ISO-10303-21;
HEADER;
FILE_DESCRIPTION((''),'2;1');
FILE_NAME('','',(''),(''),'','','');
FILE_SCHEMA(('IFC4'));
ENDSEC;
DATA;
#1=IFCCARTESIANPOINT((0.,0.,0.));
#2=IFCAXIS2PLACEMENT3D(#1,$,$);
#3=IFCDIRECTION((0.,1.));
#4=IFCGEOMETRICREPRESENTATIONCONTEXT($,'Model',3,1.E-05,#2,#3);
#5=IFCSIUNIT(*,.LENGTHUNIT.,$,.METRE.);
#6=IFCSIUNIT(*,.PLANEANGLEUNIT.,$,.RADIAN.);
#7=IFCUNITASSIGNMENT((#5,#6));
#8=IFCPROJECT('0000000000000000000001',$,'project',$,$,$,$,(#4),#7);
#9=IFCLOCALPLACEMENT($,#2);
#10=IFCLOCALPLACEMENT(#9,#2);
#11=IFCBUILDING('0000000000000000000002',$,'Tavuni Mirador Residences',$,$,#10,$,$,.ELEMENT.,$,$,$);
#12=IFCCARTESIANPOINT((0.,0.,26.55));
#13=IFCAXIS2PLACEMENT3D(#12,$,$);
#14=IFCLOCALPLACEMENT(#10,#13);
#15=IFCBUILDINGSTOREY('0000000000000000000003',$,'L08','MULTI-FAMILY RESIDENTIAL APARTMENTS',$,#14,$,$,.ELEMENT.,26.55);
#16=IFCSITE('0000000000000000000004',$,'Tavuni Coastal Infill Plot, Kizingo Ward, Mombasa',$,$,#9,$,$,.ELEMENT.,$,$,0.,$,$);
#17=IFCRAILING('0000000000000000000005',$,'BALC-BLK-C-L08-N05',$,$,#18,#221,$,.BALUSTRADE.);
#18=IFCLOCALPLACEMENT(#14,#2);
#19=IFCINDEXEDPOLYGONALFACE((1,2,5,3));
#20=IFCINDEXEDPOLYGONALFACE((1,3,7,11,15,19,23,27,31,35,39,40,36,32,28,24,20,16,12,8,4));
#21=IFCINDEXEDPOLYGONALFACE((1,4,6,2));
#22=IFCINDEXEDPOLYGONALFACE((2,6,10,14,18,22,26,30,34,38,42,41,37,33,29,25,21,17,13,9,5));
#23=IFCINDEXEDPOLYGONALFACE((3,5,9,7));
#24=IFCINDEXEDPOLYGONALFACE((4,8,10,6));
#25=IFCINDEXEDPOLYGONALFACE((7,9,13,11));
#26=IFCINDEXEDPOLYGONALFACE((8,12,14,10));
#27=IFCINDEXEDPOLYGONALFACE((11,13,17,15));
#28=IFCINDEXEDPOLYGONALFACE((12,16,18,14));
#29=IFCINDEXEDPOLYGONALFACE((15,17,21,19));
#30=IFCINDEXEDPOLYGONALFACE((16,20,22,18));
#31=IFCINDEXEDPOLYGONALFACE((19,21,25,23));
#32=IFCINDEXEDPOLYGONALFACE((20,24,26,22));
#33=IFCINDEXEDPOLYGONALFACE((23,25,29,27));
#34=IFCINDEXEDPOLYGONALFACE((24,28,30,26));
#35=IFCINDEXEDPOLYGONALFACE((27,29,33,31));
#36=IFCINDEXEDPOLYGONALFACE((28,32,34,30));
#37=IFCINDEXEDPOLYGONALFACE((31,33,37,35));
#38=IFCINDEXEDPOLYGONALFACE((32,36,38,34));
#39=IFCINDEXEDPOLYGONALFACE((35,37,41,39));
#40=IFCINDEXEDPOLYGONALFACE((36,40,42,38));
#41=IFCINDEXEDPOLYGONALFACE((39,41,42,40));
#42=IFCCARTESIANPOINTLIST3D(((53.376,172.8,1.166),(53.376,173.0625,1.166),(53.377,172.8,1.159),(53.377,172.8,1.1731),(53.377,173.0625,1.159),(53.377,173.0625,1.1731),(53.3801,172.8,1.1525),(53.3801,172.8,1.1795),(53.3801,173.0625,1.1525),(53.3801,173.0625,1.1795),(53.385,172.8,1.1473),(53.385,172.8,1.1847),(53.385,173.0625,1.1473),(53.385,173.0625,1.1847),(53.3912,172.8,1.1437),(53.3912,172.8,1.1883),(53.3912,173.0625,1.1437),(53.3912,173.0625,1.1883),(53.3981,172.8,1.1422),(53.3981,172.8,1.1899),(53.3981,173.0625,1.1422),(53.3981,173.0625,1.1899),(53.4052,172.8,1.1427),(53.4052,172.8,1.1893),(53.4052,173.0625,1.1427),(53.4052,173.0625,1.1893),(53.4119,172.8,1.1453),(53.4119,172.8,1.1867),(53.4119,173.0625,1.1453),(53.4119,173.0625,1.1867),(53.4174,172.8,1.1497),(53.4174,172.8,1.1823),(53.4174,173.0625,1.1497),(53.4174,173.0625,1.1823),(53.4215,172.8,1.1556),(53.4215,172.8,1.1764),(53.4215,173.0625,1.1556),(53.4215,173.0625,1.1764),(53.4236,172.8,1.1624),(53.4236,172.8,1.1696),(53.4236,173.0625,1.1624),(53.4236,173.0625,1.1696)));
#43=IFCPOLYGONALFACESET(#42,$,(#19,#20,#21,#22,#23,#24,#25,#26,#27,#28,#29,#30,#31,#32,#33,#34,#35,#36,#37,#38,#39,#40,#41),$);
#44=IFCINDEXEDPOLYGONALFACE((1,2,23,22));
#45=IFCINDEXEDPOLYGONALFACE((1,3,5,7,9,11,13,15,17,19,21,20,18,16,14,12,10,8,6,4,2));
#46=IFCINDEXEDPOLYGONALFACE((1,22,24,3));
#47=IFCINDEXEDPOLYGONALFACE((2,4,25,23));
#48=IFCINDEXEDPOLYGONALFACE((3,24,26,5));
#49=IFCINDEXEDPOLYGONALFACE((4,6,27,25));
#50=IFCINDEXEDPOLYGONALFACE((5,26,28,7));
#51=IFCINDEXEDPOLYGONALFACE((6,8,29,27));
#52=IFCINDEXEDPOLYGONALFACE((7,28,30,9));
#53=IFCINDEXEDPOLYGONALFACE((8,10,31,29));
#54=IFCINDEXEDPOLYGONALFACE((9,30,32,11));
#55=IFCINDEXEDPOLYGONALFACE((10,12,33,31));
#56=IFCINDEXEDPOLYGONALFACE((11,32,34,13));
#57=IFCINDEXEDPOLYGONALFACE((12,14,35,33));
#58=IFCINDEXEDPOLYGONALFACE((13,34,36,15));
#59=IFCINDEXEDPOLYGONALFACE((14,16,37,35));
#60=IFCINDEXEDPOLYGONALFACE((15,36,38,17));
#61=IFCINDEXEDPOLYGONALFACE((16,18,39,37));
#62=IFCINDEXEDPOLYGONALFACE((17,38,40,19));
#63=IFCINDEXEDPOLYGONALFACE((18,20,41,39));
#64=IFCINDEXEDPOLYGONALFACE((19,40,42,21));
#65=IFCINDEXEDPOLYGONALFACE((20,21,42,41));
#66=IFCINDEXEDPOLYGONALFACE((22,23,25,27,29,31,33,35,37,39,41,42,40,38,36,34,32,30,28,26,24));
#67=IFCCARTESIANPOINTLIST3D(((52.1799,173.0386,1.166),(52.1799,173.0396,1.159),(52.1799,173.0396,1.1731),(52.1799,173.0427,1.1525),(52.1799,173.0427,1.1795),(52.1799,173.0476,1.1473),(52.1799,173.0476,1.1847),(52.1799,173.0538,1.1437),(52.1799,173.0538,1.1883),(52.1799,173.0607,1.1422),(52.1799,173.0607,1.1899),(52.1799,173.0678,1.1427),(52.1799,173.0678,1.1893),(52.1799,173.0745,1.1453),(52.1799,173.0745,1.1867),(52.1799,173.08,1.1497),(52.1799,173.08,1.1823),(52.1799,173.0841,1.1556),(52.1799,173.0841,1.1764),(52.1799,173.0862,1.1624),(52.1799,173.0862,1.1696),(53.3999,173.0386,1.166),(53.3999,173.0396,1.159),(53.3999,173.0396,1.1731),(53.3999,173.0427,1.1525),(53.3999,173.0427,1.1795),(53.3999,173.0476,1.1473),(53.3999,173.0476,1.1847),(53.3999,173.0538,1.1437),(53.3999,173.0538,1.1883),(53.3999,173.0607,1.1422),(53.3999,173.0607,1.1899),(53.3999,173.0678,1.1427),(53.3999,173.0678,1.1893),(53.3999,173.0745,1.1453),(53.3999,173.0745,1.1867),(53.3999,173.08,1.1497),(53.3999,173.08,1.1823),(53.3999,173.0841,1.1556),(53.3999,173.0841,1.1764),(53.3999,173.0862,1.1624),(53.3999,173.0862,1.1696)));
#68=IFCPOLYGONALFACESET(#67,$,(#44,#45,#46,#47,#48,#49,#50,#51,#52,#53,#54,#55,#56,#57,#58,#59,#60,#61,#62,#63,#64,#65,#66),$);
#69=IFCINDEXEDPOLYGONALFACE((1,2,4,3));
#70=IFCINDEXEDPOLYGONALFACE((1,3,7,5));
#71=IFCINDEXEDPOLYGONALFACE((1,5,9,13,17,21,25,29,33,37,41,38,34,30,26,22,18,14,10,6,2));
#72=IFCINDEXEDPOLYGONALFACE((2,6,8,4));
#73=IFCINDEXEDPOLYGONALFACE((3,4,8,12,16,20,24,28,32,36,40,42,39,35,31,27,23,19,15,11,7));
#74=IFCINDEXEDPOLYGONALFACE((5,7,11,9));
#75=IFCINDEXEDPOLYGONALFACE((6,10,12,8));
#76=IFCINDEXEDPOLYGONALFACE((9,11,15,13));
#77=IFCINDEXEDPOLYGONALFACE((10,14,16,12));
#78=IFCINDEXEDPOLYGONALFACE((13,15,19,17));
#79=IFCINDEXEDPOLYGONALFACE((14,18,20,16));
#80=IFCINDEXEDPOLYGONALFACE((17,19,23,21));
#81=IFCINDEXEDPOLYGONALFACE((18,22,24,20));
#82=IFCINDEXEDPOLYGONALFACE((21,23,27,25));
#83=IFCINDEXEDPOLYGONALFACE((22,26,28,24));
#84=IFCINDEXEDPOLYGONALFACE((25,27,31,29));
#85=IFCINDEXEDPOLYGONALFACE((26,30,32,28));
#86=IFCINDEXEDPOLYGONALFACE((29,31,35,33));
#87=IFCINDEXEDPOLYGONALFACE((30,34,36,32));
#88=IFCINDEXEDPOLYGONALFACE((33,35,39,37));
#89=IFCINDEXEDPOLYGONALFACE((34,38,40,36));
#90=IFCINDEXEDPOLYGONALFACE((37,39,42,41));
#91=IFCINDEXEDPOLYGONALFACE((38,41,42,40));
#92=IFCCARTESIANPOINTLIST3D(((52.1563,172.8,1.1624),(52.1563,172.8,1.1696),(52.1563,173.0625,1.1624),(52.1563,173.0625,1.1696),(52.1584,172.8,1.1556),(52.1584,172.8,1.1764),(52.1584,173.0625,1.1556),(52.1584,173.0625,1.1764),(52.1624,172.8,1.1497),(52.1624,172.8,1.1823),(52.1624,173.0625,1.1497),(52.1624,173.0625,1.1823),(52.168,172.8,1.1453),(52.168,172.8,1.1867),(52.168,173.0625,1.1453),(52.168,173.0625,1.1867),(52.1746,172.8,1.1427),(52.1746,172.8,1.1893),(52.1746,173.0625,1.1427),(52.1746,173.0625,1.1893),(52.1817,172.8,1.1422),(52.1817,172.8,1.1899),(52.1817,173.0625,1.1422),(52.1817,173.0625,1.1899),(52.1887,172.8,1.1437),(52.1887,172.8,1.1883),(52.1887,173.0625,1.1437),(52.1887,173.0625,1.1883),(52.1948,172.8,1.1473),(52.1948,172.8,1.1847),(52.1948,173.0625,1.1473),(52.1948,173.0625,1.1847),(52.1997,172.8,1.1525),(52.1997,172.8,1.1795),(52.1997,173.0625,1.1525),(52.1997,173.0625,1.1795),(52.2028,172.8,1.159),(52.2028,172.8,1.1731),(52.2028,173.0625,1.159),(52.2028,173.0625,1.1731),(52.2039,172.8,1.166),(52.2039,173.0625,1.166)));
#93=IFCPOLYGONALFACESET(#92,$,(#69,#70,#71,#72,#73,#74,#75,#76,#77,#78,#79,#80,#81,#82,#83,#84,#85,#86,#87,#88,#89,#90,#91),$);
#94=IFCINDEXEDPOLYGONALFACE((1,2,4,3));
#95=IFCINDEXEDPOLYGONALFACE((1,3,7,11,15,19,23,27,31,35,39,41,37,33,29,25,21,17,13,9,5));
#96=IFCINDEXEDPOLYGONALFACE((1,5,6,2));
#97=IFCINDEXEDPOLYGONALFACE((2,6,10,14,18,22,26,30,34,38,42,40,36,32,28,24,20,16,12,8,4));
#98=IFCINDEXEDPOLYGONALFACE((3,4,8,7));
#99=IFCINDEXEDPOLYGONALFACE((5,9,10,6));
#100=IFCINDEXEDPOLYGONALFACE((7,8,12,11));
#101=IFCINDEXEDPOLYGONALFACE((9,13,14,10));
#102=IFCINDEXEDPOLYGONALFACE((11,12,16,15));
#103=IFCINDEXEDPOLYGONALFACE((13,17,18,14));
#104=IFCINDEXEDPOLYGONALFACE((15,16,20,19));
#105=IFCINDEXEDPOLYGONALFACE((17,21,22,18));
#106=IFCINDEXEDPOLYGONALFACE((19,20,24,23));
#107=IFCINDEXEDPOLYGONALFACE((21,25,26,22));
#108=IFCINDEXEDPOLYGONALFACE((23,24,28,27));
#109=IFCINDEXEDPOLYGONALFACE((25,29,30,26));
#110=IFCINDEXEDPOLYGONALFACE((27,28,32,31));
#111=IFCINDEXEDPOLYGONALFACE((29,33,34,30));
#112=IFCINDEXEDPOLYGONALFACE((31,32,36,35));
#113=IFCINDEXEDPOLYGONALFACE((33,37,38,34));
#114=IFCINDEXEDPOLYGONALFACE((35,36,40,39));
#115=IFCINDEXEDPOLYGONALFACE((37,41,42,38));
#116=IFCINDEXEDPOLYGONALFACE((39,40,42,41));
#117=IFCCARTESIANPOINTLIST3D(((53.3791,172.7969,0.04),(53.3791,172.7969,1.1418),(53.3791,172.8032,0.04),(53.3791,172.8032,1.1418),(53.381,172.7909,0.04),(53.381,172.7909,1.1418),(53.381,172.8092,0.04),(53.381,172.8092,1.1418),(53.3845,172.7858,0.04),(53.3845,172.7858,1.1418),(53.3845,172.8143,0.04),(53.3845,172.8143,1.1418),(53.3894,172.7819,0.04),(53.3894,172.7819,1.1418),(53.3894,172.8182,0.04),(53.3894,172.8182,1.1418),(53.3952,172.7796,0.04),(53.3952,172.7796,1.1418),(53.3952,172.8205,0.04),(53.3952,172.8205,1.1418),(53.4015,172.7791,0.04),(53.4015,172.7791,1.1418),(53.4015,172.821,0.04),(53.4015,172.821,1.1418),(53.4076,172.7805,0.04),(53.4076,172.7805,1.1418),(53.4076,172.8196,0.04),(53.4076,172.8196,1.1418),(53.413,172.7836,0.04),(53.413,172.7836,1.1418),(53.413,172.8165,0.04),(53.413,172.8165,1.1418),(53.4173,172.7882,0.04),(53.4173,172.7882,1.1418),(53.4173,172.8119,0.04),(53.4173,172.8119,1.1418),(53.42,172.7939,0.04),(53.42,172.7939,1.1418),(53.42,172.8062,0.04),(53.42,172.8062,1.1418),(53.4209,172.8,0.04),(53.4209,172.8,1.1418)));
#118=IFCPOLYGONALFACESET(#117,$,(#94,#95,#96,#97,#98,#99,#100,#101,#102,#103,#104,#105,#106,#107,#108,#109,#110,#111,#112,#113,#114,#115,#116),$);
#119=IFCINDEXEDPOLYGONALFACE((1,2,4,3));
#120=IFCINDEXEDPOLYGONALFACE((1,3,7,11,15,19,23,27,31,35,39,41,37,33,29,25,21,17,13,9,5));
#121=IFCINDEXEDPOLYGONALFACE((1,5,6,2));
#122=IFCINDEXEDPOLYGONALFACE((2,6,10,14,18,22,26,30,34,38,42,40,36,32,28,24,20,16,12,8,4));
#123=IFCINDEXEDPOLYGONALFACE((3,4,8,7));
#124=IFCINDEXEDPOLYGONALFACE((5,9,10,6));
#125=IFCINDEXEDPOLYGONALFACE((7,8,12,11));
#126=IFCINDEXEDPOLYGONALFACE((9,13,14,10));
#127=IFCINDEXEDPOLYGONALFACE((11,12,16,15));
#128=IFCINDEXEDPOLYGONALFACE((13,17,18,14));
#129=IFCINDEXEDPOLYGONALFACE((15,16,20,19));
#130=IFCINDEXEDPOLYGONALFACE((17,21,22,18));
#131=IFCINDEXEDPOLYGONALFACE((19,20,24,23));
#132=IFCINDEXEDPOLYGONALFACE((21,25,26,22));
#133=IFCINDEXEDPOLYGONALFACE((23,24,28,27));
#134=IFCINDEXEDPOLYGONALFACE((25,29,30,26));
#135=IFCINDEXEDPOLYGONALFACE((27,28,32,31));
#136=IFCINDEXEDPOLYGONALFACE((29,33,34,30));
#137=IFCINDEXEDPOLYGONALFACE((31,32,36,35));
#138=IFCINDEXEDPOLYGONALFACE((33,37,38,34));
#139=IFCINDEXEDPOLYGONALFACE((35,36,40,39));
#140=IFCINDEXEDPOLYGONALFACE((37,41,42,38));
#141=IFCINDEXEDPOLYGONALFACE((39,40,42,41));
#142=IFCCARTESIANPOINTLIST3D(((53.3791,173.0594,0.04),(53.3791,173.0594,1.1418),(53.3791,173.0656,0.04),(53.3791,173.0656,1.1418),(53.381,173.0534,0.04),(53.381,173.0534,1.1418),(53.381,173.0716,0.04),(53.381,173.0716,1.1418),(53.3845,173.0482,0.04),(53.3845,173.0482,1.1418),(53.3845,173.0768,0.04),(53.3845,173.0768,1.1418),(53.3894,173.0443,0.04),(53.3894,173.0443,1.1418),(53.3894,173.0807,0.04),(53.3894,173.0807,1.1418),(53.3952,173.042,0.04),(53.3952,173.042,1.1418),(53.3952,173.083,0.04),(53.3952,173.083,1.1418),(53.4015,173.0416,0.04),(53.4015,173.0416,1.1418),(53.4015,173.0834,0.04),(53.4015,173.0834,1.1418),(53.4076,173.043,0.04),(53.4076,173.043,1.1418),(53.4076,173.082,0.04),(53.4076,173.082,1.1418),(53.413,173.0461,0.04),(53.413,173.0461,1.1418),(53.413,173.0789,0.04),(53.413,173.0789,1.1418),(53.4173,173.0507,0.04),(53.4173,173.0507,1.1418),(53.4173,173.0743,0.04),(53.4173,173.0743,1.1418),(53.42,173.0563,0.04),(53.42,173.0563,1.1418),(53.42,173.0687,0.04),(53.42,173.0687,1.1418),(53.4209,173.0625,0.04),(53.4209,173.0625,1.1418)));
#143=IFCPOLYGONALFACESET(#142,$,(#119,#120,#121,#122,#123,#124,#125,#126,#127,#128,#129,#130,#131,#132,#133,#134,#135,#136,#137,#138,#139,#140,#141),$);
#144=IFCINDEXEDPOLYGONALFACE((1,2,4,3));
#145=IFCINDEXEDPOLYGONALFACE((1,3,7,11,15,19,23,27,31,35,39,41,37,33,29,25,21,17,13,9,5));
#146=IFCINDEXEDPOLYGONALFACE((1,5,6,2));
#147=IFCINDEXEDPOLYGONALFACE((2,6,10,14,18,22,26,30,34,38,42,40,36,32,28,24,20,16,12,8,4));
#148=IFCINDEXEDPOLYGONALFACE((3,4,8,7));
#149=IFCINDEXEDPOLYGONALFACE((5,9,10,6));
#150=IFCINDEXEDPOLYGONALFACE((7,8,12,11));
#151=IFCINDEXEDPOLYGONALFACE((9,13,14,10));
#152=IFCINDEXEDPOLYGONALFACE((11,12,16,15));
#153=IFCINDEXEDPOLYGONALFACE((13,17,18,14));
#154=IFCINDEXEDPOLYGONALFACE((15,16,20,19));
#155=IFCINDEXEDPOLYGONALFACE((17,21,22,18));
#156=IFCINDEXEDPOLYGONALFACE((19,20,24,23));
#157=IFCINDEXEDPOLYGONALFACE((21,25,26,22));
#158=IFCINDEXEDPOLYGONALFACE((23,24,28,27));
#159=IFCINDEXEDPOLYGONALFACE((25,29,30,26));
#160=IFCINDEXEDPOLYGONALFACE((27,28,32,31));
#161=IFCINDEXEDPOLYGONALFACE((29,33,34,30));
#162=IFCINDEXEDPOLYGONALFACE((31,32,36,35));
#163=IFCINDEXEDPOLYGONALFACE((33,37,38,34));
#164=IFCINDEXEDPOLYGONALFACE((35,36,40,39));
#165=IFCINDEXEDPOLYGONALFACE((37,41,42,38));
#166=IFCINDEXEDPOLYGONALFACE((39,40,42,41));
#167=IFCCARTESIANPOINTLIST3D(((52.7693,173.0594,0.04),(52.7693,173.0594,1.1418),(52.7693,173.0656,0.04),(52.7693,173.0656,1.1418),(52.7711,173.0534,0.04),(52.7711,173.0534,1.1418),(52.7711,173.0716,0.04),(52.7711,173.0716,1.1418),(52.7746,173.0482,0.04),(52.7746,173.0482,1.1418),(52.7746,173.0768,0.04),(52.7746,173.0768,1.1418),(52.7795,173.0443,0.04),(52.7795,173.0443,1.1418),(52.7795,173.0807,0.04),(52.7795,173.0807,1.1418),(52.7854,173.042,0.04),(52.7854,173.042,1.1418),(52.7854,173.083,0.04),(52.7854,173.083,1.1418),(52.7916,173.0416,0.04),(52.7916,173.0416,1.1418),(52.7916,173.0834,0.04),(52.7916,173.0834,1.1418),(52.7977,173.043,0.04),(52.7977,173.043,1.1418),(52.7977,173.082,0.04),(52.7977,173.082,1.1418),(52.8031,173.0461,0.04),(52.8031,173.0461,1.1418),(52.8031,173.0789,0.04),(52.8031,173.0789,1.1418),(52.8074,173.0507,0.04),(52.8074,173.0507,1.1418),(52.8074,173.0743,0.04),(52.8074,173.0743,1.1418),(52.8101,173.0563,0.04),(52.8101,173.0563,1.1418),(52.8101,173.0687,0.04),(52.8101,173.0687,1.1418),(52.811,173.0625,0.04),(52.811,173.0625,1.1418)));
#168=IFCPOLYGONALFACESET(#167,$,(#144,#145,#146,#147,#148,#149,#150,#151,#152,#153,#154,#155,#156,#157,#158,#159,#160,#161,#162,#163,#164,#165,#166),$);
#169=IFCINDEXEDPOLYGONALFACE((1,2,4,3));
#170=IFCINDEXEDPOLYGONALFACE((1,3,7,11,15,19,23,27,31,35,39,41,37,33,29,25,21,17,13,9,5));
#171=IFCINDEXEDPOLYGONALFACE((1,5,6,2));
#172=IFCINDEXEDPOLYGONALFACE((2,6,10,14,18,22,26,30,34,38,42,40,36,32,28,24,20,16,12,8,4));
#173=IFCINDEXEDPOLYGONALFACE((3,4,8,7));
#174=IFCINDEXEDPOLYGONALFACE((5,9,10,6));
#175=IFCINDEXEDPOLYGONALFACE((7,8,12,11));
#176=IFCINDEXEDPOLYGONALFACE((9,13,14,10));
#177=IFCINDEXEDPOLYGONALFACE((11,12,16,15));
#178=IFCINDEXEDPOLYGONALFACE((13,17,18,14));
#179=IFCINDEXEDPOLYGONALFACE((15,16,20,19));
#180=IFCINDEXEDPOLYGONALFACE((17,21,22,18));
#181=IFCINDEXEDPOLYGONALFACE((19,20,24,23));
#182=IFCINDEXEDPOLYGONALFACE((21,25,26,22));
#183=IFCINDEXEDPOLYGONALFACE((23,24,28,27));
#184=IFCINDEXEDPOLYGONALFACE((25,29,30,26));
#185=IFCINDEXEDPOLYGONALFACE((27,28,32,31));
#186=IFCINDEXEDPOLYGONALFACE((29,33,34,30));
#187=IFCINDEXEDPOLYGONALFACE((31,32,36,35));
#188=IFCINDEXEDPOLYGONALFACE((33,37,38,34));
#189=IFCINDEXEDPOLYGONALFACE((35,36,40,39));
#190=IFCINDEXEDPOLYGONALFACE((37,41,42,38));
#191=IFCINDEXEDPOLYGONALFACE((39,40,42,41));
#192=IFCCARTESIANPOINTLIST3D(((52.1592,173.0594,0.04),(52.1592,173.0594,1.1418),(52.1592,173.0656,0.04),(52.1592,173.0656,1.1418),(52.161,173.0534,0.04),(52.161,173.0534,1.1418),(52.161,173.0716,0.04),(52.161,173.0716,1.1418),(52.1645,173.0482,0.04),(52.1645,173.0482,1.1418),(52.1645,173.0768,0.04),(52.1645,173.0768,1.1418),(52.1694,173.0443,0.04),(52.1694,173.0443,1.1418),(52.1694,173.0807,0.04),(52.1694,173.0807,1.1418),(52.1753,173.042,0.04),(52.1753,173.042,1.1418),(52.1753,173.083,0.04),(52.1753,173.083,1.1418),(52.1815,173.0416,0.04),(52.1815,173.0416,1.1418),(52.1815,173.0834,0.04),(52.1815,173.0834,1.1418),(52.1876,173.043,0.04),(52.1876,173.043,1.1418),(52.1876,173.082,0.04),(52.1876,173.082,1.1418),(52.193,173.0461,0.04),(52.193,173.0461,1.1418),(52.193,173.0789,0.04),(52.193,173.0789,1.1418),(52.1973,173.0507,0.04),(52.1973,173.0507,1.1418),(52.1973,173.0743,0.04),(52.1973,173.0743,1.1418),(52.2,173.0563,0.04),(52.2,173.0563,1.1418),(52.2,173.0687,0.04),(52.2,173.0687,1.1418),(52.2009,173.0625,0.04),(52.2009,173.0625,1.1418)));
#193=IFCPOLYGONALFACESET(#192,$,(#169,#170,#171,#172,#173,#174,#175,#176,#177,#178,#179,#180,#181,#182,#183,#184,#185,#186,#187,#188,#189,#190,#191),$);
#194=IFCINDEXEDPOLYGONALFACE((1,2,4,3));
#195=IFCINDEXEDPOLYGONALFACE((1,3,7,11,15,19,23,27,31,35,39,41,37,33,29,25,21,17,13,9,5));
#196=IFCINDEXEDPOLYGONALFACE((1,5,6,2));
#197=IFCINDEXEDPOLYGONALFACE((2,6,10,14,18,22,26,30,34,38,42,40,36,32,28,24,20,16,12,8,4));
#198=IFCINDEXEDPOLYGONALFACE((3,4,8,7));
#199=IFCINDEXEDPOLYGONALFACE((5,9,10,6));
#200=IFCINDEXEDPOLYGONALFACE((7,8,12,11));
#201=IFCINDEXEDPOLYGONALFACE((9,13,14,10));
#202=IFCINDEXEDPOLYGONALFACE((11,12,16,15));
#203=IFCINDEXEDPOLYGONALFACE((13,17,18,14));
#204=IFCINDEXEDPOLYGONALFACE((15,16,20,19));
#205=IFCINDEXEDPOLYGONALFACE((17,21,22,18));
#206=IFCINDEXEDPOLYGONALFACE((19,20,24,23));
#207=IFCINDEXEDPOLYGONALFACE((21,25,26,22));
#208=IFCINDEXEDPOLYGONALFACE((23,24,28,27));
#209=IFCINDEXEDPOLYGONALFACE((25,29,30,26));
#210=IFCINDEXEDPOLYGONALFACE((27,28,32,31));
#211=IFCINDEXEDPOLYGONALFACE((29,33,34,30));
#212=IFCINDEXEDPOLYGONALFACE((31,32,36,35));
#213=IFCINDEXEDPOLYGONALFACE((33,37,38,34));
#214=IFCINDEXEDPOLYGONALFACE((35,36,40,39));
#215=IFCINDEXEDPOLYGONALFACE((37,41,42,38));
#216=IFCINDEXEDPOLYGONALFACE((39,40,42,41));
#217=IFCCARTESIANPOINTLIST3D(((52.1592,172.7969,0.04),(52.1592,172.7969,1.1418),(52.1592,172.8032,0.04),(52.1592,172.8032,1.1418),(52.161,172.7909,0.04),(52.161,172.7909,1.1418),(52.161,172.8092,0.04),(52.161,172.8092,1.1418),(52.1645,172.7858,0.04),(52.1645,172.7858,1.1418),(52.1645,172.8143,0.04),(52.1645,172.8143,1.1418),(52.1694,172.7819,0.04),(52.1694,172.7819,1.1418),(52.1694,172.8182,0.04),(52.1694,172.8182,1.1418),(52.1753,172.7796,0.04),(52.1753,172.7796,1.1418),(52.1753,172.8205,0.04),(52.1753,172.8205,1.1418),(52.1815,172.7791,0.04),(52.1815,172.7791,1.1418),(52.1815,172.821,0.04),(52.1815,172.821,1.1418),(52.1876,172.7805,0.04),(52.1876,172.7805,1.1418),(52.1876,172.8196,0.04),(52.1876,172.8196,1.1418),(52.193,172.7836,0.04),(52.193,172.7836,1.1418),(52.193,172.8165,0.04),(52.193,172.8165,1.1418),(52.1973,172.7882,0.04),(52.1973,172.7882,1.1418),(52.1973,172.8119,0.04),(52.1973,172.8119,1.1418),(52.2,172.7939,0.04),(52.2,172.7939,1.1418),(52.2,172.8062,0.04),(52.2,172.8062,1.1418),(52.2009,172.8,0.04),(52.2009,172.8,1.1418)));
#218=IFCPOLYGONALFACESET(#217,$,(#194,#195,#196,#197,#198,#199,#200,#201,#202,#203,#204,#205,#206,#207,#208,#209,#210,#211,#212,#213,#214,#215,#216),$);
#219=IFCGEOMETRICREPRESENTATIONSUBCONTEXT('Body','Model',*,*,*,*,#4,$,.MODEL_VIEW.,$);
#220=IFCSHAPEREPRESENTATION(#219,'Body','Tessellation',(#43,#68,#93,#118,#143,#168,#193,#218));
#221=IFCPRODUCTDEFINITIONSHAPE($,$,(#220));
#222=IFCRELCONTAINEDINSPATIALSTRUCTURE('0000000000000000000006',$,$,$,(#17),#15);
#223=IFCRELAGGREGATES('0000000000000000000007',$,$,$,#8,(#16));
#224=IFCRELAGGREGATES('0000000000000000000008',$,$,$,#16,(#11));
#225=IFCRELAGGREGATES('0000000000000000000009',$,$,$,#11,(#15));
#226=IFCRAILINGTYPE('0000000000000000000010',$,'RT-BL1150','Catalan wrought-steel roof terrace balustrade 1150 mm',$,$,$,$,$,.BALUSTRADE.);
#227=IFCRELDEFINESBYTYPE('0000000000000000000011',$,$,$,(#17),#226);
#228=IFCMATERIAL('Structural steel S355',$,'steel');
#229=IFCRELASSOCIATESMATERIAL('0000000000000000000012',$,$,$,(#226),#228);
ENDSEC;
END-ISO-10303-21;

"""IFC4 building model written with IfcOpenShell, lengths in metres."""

from ifc_helpers import new_model, si_unit, direction, frame, origin, origin_2d, place, context, subcontext, project, spatial, circle, extrude, material, type_object, element, save


model = new_model("IFC4")

# Units and contexts
model_context = context("Model", 3, precision=1e-05, world=origin(), true_north=direction((0.0, 1.0)))
body_context = subcontext(model_context, "Body", "Model", "MODEL_VIEW")
ifc_project = project(units=[si_unit("LENGTHUNIT", "METRE"), si_unit("PLANEANGLEUNIT", "RADIAN")], contexts=[model_context])

# Site, building, storey
site_placement = place(None, origin())
site = spatial("IfcSite", under=ifc_project, at=site_placement, Name="Tavuni Coastal Infill Plot, Kizingo Ward, Mombasa", CompositionType="ELEMENT", RefElevation=0.0)
building_placement = place(site_placement, origin())
building = spatial("IfcBuilding", under=site, at=building_placement, Name="Tavuni Mirador Residences", CompositionType="ELEMENT")
storey_placement = place(building_placement, frame((0.0, 0.0, 26.55)))
storey = spatial("IfcBuildingStorey", under=building, at=storey_placement, Name="L08", Description="MULTI-FAMILY RESIDENTIAL APARTMENTS", CompositionType="ELEMENT", Elevation=26.55)

# Railing
ifc_material_1 = material(Name="Structural steel S355", Category="steel")
railing_type = type_object("IfcRailingType", Name="RT-BL1150", Description="Catalan wrought-steel roof terrace balustrade 1150 mm", PredefinedType="BALUSTRADE", material=ifc_material_1)
railing_placement = place(storey_placement, frame((53.3999, 172.8, 0.04)))
element("IfcRailing", 1, at=railing_placement, inside=storey, type_object=railing_type, Name="BALC-BLK-C-L08-N05", PredefinedType="BALUSTRADE", context=body_context, shape_type="SweptSolid", body=[
    extrude(circle(Radius=0.0239, at=origin_2d()), frame((0.0, 0.0, 1.126), z_axis=(0.0, 1.0, 0.0), x_axis=(-1.0, 0.0, 0.0)), (0.0, 0.0, 1.0), 0.2625),
    extrude(circle(Radius=0.0239, at=origin_2d()), frame((0.0, 0.2625, 1.126), z_axis=(-1.0, 0.0, 0.0), x_axis=(0.0, -1.0, 0.0)), (0.0, 0.0, 1.0), 1.22),
    extrude(circle(Radius=0.0239, at=origin_2d()), frame((-1.22, 0.2625, 1.126), z_axis=(0.0, -1.0, 0.0), x_axis=(1.0, 0.0, 0.0)), (0.0, 0.0, 1.0), 0.2625),
    extrude(circle(Radius=0.021, at=origin_2d()), origin(), (0.0, 0.0, 1.0), 1.1018),
    extrude(circle(Radius=0.021, at=origin_2d()), frame((0.0, 0.2625, 0.0)), (0.0, 0.0, 1.0), 1.1018),
    extrude(circle(Radius=0.021, at=origin_2d()), frame((-0.6099, 0.2625, 0.0)), (0.0, 0.0, 1.0), 1.1018),
    extrude(circle(Radius=0.021, at=origin_2d()), frame((-1.22, 0.2625, 0.0)), (0.0, 0.0, 1.0), 1.1018),
    extrude(circle(Radius=0.021, at=origin_2d()), frame((-1.22, 0.0, 0.0)), (0.0, 0.0, 1.0), 1.1018),
])

save(model, "model.ifc")
